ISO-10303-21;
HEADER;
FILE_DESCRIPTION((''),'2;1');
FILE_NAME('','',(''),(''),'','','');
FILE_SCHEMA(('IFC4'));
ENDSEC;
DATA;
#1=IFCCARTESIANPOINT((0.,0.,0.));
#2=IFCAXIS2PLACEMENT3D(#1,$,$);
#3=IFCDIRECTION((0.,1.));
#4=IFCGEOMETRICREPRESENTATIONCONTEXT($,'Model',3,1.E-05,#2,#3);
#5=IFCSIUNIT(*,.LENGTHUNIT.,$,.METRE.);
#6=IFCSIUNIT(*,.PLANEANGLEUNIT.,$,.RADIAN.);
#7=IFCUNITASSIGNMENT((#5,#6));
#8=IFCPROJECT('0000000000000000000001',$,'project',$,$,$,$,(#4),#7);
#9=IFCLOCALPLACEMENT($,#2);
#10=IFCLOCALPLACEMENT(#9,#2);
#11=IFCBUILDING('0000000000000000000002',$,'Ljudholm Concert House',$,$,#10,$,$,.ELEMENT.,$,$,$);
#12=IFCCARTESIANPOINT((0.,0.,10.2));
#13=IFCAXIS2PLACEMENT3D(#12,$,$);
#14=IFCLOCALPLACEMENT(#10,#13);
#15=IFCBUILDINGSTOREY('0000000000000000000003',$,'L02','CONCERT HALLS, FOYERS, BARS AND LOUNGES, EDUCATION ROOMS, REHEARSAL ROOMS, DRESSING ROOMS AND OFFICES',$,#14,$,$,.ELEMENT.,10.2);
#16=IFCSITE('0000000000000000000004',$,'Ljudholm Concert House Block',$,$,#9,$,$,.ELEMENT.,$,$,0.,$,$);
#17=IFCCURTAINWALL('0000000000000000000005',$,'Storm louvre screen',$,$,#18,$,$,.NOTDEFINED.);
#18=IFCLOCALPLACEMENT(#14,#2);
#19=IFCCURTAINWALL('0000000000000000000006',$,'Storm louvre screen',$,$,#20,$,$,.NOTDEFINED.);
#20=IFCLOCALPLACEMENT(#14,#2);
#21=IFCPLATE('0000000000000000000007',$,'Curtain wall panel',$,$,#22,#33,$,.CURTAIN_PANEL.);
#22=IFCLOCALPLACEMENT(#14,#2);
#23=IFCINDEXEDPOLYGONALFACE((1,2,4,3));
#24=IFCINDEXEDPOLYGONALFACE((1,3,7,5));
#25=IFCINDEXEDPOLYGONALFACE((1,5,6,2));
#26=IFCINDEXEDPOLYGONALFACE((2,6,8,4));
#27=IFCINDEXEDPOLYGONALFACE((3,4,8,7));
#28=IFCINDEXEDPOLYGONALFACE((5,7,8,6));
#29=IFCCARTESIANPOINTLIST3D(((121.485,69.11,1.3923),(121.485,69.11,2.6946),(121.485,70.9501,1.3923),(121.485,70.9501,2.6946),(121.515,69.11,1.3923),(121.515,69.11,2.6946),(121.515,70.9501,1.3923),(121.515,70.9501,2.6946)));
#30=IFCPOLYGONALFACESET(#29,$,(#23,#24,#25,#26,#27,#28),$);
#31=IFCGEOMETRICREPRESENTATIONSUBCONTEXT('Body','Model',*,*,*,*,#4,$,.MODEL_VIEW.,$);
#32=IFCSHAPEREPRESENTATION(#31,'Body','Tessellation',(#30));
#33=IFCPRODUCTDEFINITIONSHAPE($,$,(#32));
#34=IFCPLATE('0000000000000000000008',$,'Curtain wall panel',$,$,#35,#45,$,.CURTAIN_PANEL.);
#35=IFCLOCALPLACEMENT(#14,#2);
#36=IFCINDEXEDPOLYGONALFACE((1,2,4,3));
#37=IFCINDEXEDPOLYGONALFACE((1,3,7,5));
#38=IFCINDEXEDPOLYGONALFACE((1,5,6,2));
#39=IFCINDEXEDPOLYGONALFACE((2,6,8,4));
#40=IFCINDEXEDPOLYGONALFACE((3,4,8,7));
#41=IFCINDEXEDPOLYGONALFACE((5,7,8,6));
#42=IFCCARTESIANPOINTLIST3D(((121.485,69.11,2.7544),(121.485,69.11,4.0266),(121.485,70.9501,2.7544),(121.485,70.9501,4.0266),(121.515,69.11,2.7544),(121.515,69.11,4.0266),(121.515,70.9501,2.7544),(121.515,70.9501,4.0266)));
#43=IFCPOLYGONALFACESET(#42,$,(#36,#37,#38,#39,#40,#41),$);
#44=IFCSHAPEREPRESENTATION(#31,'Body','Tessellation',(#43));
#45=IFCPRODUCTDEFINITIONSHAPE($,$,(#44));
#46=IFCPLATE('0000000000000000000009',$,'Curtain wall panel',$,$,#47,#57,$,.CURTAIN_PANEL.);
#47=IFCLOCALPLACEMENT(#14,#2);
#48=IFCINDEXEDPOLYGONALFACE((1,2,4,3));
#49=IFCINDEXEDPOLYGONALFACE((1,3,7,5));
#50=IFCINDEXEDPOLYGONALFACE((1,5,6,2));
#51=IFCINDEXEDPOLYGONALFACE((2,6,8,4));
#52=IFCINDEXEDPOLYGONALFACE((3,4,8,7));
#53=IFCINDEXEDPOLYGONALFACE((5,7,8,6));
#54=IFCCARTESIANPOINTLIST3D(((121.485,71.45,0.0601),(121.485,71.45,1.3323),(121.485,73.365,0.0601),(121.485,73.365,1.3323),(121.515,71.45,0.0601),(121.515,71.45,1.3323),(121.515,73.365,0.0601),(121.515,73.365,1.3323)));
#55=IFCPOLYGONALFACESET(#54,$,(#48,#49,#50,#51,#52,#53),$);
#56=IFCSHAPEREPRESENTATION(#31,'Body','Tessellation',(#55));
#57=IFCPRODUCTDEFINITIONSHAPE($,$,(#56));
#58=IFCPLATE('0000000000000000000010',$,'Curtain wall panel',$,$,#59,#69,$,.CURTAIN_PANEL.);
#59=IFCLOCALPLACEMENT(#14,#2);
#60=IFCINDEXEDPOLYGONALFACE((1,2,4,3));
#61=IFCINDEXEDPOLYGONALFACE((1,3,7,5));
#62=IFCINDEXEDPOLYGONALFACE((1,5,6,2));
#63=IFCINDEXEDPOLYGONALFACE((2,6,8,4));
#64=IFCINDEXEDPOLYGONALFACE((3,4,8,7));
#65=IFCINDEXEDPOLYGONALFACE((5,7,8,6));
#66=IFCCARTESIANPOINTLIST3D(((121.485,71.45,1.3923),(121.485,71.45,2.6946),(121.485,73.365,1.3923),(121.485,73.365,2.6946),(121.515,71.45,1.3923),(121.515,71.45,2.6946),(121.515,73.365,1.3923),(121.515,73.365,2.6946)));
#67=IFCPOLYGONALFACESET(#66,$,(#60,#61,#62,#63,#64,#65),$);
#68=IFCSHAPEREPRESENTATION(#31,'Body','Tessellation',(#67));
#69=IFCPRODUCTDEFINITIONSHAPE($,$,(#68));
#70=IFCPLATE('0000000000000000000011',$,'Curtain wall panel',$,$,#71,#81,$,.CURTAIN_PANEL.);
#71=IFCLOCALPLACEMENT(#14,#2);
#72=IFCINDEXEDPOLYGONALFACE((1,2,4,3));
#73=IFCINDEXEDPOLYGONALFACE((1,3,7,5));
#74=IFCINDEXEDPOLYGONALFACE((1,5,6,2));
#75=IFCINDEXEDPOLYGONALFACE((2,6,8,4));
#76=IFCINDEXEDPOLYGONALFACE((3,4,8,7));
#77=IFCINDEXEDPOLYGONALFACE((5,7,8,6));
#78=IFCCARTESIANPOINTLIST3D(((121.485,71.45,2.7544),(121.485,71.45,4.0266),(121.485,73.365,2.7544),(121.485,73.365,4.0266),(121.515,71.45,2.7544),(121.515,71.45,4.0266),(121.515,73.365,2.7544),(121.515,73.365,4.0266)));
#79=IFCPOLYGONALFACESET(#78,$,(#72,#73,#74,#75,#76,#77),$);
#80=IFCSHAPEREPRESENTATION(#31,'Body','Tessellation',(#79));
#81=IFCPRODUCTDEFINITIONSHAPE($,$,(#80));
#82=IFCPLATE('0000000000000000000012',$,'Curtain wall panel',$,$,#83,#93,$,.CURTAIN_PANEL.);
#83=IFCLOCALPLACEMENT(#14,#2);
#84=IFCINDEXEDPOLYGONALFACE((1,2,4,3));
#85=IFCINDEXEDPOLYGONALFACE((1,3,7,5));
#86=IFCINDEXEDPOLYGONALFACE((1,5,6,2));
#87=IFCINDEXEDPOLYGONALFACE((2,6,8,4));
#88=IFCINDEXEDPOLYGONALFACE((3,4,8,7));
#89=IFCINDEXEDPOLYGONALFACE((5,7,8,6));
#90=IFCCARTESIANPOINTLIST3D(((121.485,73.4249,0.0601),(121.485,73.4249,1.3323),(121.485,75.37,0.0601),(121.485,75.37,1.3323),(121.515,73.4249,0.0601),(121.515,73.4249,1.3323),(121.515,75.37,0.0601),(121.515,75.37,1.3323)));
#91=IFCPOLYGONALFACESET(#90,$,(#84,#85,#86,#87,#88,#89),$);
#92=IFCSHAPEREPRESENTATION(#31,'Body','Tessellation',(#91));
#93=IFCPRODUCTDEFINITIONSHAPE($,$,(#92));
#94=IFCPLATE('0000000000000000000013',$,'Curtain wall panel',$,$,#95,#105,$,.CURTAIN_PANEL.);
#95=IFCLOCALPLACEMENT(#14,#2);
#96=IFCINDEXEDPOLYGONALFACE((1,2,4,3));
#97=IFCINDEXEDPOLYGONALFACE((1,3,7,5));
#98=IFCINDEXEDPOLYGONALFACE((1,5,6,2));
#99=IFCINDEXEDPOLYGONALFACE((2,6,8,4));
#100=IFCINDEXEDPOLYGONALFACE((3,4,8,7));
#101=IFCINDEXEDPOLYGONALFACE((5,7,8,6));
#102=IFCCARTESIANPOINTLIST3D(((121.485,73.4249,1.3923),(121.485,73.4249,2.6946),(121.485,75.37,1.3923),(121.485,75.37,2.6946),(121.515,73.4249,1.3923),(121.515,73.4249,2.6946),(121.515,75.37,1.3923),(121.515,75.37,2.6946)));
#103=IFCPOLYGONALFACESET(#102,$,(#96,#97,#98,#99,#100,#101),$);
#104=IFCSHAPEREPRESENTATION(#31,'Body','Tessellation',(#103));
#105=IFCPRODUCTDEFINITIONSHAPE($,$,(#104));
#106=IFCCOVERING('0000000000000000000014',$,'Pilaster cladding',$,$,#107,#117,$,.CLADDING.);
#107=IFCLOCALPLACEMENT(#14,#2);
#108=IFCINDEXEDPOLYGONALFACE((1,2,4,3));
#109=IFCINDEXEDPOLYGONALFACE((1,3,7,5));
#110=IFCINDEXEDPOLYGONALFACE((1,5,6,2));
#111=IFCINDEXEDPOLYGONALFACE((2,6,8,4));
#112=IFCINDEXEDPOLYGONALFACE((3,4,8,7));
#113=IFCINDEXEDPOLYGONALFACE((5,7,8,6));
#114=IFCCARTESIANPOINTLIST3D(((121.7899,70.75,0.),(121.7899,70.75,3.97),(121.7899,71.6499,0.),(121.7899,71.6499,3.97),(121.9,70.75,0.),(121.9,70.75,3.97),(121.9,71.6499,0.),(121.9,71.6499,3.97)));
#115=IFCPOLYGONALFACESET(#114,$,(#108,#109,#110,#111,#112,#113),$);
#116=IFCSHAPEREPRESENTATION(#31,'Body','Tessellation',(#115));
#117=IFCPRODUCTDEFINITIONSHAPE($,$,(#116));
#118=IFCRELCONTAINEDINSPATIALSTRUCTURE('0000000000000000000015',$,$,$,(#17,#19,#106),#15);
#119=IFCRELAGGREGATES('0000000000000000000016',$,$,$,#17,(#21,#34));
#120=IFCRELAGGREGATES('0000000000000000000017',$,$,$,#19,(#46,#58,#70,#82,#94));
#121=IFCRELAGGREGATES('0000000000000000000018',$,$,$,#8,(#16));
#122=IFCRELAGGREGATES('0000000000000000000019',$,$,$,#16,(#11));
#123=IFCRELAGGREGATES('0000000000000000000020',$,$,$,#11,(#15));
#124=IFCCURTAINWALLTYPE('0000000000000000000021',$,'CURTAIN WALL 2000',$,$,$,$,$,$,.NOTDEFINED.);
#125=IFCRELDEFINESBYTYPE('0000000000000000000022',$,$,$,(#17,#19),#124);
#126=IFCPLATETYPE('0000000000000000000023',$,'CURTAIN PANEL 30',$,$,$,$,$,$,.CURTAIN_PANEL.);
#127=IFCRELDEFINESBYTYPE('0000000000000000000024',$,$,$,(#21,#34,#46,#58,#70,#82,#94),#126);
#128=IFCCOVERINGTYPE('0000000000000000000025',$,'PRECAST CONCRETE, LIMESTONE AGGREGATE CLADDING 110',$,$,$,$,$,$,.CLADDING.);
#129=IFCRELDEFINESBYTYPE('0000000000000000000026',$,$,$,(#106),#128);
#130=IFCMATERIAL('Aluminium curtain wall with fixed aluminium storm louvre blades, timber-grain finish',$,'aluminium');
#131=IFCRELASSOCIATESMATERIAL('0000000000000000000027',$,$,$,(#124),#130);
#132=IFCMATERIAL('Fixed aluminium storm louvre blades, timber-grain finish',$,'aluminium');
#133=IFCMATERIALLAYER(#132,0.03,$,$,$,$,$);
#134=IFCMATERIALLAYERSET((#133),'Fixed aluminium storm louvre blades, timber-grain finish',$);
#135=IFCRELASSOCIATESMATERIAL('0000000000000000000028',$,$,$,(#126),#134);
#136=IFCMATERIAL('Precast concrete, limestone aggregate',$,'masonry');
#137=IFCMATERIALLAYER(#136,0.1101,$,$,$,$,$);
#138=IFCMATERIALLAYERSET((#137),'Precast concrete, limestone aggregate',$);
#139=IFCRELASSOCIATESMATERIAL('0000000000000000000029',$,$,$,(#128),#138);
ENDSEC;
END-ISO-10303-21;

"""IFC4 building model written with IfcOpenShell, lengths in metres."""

from ifc_helpers import new_model, si_unit, direction, frame, origin, origin_2d, place, context, subcontext, project, spatial, rectangle, extrude, material, layer, layer_set, type_object, element, aggregate, save


model = new_model("IFC4")

# Units and contexts
model_context = context("Model", 3, precision=1e-05, world=origin(), true_north=direction((0.0, 1.0)))
body_context = subcontext(model_context, "Body", "Model", "MODEL_VIEW")
ifc_project = project(units=[si_unit("LENGTHUNIT", "METRE"), si_unit("PLANEANGLEUNIT", "RADIAN")], contexts=[model_context])

# Site, building, storey
site_placement = place(None, origin())
site = spatial("IfcSite", under=ifc_project, at=site_placement, Name="Ljudholm Concert House Block", CompositionType="ELEMENT", RefElevation=0.0)
building_placement = place(site_placement, origin())
building = spatial("IfcBuilding", under=site, at=building_placement, Name="Ljudholm Concert House", CompositionType="ELEMENT")
storey_placement = place(building_placement, frame((0.0, 0.0, 10.2)))
storey = spatial("IfcBuildingStorey", under=building, at=storey_placement, Name="L02", Description="CONCERT HALLS, FOYERS, BARS AND LOUNGES, EDUCATION ROOMS, REHEARSAL ROOMS, DRESSING ROOMS AND OFFICES", CompositionType="ELEMENT", Elevation=10.2)

# Curtain wall
ifc_material_1 = material(Name="Aluminium curtain wall with fixed aluminium storm louvre blades, timber-grain finish", Category="aluminium")
curtain_wall_type = type_object("IfcCurtainWallType", Name="CURTAIN WALL 2000", PredefinedType="NOTDEFINED", material=ifc_material_1)
curtain_wall_1_placement = place(storey_placement, origin())
curtain_wall_1 = element("IfcCurtainWall", 1, at=curtain_wall_1_placement, inside=storey, type_object=curtain_wall_type, Name="Storm louvre screen", PredefinedType="NOTDEFINED")

# Curtain wall
curtain_wall_2_placement = place(storey_placement, origin())
curtain_wall_2 = element("IfcCurtainWall", 2, at=curtain_wall_2_placement, inside=storey, type_object=curtain_wall_type, Name="Storm louvre screen", PredefinedType="NOTDEFINED")

# Plates
ifc_material_2 = material(Name="Fixed aluminium storm louvre blades, timber-grain finish", Category="aluminium")
ifc_layer_1 = layer(ifc_material_2, 0.03)
ifc_layer_set_1 = layer_set([ifc_layer_1], Name="Fixed aluminium storm louvre blades, timber-grain finish")
plate_type = type_object("IfcPlateType", Name="CURTAIN PANEL 30", PredefinedType="CURTAIN_PANEL", material=ifc_layer_set_1)
plate_1_placement = place(storey_placement, frame((121.5, 70.03, 1.3923), z_axis=(0.0, 0.0, 1.0), x_axis=(0.0, 1.0, 0.0)))
plate_1 = element("IfcPlate", 3, at=plate_1_placement, type_object=plate_type, Name="Curtain wall panel", PredefinedType="CURTAIN_PANEL", context=body_context, shape_type="SweptSolid", body=[
    extrude(rectangle(XDim=1.8401, YDim=0.03, at=origin_2d()), origin(), (0.0, 0.0, 1.0), 1.3022),
])
plate_2_placement = place(storey_placement, frame((121.5, 70.03, 2.7544), z_axis=(0.0, 0.0, 1.0), x_axis=(0.0, 1.0, 0.0)))
plate_2 = element("IfcPlate", 4, at=plate_2_placement, type_object=plate_type, Name="Curtain wall panel", PredefinedType="CURTAIN_PANEL", context=body_context, shape_type="SweptSolid", body=[
    extrude(rectangle(XDim=1.8401, YDim=0.03, at=origin_2d()), origin(), (0.0, 0.0, 1.0), 1.2722),
])
aggregate(curtain_wall_1, [plate_1, plate_2])
plate_3_placement = place(storey_placement, frame((121.5, 72.4075, 0.0601), z_axis=(0.0, 0.0, 1.0), x_axis=(0.0, 1.0, 0.0)))
plate_3 = element("IfcPlate", 5, at=plate_3_placement, type_object=plate_type, Name="Curtain wall panel", PredefinedType="CURTAIN_PANEL", context=body_context, shape_type="SweptSolid", body=[
    extrude(rectangle(XDim=1.915, YDim=0.03, at=origin_2d()), origin(), (0.0, 0.0, 1.0), 1.2722),
])
plate_4_placement = place(storey_placement, frame((121.5, 72.4075, 1.3923), z_axis=(0.0, 0.0, 1.0), x_axis=(0.0, 1.0, 0.0)))
plate_4 = element("IfcPlate", 6, at=plate_4_placement, type_object=plate_type, Name="Curtain wall panel", PredefinedType="CURTAIN_PANEL", context=body_context, shape_type="SweptSolid", body=[
    extrude(rectangle(XDim=1.915, YDim=0.03, at=origin_2d()), origin(), (0.0, 0.0, 1.0), 1.3022),
])
plate_5_placement = place(storey_placement, frame((121.5, 72.4075, 2.7544), z_axis=(0.0, 0.0, 1.0), x_axis=(0.0, 1.0, 0.0)))
plate_5 = element("IfcPlate", 7, at=plate_5_placement, type_object=plate_type, Name="Curtain wall panel", PredefinedType="CURTAIN_PANEL", context=body_context, shape_type="SweptSolid", body=[
    extrude(rectangle(XDim=1.915, YDim=0.03, at=origin_2d()), origin(), (0.0, 0.0, 1.0), 1.2722),
])
plate_6_placement = place(storey_placement, frame((121.5, 74.3975, 0.0601), z_axis=(0.0, 0.0, 1.0), x_axis=(0.0, 1.0, 0.0)))
plate_6 = element("IfcPlate", 8, at=plate_6_placement, type_object=plate_type, Name="Curtain wall panel", PredefinedType="CURTAIN_PANEL", context=body_context, shape_type="SweptSolid", body=[
    extrude(rectangle(XDim=1.9451, YDim=0.03, at=origin_2d()), origin(), (0.0, 0.0, 1.0), 1.2722),
])
plate_7_placement = place(storey_placement, frame((121.5, 74.3975, 1.3923), z_axis=(0.0, 0.0, 1.0), x_axis=(0.0, 1.0, 0.0)))
plate_7 = element("IfcPlate", 9, at=plate_7_placement, type_object=plate_type, Name="Curtain wall panel", PredefinedType="CURTAIN_PANEL", context=body_context, shape_type="SweptSolid", body=[
    extrude(rectangle(XDim=1.9451, YDim=0.03, at=origin_2d()), origin(), (0.0, 0.0, 1.0), 1.3022),
])
aggregate(curtain_wall_2, [plate_3, plate_4, plate_5, plate_6, plate_7])

# Covering
ifc_material_3 = material(Name="Precast concrete, limestone aggregate", Category="masonry")
ifc_layer_2 = layer(ifc_material_3, 0.1101)
ifc_layer_set_2 = layer_set([ifc_layer_2], Name="Precast concrete, limestone aggregate")
covering_type = type_object("IfcCoveringType", Name="PRECAST CONCRETE, LIMESTONE AGGREGATE CLADDING 110", PredefinedType="CLADDING", material=ifc_layer_set_2)
covering_placement = place(storey_placement, frame((121.845, 71.2, 0.0), z_axis=(0.0, 0.0, 1.0), x_axis=(1.0, 0.0, 0.0)))
element("IfcCovering", 10, at=covering_placement, inside=storey, type_object=covering_type, Name="Pilaster cladding", PredefinedType="CLADDING", context=body_context, shape_type="SweptSolid", body=[
    extrude(rectangle(XDim=0.1101, YDim=0.8999, at=origin_2d()), origin(), (0.0, 0.0, 1.0), 3.97),
])

save(model, "model.ifc")
